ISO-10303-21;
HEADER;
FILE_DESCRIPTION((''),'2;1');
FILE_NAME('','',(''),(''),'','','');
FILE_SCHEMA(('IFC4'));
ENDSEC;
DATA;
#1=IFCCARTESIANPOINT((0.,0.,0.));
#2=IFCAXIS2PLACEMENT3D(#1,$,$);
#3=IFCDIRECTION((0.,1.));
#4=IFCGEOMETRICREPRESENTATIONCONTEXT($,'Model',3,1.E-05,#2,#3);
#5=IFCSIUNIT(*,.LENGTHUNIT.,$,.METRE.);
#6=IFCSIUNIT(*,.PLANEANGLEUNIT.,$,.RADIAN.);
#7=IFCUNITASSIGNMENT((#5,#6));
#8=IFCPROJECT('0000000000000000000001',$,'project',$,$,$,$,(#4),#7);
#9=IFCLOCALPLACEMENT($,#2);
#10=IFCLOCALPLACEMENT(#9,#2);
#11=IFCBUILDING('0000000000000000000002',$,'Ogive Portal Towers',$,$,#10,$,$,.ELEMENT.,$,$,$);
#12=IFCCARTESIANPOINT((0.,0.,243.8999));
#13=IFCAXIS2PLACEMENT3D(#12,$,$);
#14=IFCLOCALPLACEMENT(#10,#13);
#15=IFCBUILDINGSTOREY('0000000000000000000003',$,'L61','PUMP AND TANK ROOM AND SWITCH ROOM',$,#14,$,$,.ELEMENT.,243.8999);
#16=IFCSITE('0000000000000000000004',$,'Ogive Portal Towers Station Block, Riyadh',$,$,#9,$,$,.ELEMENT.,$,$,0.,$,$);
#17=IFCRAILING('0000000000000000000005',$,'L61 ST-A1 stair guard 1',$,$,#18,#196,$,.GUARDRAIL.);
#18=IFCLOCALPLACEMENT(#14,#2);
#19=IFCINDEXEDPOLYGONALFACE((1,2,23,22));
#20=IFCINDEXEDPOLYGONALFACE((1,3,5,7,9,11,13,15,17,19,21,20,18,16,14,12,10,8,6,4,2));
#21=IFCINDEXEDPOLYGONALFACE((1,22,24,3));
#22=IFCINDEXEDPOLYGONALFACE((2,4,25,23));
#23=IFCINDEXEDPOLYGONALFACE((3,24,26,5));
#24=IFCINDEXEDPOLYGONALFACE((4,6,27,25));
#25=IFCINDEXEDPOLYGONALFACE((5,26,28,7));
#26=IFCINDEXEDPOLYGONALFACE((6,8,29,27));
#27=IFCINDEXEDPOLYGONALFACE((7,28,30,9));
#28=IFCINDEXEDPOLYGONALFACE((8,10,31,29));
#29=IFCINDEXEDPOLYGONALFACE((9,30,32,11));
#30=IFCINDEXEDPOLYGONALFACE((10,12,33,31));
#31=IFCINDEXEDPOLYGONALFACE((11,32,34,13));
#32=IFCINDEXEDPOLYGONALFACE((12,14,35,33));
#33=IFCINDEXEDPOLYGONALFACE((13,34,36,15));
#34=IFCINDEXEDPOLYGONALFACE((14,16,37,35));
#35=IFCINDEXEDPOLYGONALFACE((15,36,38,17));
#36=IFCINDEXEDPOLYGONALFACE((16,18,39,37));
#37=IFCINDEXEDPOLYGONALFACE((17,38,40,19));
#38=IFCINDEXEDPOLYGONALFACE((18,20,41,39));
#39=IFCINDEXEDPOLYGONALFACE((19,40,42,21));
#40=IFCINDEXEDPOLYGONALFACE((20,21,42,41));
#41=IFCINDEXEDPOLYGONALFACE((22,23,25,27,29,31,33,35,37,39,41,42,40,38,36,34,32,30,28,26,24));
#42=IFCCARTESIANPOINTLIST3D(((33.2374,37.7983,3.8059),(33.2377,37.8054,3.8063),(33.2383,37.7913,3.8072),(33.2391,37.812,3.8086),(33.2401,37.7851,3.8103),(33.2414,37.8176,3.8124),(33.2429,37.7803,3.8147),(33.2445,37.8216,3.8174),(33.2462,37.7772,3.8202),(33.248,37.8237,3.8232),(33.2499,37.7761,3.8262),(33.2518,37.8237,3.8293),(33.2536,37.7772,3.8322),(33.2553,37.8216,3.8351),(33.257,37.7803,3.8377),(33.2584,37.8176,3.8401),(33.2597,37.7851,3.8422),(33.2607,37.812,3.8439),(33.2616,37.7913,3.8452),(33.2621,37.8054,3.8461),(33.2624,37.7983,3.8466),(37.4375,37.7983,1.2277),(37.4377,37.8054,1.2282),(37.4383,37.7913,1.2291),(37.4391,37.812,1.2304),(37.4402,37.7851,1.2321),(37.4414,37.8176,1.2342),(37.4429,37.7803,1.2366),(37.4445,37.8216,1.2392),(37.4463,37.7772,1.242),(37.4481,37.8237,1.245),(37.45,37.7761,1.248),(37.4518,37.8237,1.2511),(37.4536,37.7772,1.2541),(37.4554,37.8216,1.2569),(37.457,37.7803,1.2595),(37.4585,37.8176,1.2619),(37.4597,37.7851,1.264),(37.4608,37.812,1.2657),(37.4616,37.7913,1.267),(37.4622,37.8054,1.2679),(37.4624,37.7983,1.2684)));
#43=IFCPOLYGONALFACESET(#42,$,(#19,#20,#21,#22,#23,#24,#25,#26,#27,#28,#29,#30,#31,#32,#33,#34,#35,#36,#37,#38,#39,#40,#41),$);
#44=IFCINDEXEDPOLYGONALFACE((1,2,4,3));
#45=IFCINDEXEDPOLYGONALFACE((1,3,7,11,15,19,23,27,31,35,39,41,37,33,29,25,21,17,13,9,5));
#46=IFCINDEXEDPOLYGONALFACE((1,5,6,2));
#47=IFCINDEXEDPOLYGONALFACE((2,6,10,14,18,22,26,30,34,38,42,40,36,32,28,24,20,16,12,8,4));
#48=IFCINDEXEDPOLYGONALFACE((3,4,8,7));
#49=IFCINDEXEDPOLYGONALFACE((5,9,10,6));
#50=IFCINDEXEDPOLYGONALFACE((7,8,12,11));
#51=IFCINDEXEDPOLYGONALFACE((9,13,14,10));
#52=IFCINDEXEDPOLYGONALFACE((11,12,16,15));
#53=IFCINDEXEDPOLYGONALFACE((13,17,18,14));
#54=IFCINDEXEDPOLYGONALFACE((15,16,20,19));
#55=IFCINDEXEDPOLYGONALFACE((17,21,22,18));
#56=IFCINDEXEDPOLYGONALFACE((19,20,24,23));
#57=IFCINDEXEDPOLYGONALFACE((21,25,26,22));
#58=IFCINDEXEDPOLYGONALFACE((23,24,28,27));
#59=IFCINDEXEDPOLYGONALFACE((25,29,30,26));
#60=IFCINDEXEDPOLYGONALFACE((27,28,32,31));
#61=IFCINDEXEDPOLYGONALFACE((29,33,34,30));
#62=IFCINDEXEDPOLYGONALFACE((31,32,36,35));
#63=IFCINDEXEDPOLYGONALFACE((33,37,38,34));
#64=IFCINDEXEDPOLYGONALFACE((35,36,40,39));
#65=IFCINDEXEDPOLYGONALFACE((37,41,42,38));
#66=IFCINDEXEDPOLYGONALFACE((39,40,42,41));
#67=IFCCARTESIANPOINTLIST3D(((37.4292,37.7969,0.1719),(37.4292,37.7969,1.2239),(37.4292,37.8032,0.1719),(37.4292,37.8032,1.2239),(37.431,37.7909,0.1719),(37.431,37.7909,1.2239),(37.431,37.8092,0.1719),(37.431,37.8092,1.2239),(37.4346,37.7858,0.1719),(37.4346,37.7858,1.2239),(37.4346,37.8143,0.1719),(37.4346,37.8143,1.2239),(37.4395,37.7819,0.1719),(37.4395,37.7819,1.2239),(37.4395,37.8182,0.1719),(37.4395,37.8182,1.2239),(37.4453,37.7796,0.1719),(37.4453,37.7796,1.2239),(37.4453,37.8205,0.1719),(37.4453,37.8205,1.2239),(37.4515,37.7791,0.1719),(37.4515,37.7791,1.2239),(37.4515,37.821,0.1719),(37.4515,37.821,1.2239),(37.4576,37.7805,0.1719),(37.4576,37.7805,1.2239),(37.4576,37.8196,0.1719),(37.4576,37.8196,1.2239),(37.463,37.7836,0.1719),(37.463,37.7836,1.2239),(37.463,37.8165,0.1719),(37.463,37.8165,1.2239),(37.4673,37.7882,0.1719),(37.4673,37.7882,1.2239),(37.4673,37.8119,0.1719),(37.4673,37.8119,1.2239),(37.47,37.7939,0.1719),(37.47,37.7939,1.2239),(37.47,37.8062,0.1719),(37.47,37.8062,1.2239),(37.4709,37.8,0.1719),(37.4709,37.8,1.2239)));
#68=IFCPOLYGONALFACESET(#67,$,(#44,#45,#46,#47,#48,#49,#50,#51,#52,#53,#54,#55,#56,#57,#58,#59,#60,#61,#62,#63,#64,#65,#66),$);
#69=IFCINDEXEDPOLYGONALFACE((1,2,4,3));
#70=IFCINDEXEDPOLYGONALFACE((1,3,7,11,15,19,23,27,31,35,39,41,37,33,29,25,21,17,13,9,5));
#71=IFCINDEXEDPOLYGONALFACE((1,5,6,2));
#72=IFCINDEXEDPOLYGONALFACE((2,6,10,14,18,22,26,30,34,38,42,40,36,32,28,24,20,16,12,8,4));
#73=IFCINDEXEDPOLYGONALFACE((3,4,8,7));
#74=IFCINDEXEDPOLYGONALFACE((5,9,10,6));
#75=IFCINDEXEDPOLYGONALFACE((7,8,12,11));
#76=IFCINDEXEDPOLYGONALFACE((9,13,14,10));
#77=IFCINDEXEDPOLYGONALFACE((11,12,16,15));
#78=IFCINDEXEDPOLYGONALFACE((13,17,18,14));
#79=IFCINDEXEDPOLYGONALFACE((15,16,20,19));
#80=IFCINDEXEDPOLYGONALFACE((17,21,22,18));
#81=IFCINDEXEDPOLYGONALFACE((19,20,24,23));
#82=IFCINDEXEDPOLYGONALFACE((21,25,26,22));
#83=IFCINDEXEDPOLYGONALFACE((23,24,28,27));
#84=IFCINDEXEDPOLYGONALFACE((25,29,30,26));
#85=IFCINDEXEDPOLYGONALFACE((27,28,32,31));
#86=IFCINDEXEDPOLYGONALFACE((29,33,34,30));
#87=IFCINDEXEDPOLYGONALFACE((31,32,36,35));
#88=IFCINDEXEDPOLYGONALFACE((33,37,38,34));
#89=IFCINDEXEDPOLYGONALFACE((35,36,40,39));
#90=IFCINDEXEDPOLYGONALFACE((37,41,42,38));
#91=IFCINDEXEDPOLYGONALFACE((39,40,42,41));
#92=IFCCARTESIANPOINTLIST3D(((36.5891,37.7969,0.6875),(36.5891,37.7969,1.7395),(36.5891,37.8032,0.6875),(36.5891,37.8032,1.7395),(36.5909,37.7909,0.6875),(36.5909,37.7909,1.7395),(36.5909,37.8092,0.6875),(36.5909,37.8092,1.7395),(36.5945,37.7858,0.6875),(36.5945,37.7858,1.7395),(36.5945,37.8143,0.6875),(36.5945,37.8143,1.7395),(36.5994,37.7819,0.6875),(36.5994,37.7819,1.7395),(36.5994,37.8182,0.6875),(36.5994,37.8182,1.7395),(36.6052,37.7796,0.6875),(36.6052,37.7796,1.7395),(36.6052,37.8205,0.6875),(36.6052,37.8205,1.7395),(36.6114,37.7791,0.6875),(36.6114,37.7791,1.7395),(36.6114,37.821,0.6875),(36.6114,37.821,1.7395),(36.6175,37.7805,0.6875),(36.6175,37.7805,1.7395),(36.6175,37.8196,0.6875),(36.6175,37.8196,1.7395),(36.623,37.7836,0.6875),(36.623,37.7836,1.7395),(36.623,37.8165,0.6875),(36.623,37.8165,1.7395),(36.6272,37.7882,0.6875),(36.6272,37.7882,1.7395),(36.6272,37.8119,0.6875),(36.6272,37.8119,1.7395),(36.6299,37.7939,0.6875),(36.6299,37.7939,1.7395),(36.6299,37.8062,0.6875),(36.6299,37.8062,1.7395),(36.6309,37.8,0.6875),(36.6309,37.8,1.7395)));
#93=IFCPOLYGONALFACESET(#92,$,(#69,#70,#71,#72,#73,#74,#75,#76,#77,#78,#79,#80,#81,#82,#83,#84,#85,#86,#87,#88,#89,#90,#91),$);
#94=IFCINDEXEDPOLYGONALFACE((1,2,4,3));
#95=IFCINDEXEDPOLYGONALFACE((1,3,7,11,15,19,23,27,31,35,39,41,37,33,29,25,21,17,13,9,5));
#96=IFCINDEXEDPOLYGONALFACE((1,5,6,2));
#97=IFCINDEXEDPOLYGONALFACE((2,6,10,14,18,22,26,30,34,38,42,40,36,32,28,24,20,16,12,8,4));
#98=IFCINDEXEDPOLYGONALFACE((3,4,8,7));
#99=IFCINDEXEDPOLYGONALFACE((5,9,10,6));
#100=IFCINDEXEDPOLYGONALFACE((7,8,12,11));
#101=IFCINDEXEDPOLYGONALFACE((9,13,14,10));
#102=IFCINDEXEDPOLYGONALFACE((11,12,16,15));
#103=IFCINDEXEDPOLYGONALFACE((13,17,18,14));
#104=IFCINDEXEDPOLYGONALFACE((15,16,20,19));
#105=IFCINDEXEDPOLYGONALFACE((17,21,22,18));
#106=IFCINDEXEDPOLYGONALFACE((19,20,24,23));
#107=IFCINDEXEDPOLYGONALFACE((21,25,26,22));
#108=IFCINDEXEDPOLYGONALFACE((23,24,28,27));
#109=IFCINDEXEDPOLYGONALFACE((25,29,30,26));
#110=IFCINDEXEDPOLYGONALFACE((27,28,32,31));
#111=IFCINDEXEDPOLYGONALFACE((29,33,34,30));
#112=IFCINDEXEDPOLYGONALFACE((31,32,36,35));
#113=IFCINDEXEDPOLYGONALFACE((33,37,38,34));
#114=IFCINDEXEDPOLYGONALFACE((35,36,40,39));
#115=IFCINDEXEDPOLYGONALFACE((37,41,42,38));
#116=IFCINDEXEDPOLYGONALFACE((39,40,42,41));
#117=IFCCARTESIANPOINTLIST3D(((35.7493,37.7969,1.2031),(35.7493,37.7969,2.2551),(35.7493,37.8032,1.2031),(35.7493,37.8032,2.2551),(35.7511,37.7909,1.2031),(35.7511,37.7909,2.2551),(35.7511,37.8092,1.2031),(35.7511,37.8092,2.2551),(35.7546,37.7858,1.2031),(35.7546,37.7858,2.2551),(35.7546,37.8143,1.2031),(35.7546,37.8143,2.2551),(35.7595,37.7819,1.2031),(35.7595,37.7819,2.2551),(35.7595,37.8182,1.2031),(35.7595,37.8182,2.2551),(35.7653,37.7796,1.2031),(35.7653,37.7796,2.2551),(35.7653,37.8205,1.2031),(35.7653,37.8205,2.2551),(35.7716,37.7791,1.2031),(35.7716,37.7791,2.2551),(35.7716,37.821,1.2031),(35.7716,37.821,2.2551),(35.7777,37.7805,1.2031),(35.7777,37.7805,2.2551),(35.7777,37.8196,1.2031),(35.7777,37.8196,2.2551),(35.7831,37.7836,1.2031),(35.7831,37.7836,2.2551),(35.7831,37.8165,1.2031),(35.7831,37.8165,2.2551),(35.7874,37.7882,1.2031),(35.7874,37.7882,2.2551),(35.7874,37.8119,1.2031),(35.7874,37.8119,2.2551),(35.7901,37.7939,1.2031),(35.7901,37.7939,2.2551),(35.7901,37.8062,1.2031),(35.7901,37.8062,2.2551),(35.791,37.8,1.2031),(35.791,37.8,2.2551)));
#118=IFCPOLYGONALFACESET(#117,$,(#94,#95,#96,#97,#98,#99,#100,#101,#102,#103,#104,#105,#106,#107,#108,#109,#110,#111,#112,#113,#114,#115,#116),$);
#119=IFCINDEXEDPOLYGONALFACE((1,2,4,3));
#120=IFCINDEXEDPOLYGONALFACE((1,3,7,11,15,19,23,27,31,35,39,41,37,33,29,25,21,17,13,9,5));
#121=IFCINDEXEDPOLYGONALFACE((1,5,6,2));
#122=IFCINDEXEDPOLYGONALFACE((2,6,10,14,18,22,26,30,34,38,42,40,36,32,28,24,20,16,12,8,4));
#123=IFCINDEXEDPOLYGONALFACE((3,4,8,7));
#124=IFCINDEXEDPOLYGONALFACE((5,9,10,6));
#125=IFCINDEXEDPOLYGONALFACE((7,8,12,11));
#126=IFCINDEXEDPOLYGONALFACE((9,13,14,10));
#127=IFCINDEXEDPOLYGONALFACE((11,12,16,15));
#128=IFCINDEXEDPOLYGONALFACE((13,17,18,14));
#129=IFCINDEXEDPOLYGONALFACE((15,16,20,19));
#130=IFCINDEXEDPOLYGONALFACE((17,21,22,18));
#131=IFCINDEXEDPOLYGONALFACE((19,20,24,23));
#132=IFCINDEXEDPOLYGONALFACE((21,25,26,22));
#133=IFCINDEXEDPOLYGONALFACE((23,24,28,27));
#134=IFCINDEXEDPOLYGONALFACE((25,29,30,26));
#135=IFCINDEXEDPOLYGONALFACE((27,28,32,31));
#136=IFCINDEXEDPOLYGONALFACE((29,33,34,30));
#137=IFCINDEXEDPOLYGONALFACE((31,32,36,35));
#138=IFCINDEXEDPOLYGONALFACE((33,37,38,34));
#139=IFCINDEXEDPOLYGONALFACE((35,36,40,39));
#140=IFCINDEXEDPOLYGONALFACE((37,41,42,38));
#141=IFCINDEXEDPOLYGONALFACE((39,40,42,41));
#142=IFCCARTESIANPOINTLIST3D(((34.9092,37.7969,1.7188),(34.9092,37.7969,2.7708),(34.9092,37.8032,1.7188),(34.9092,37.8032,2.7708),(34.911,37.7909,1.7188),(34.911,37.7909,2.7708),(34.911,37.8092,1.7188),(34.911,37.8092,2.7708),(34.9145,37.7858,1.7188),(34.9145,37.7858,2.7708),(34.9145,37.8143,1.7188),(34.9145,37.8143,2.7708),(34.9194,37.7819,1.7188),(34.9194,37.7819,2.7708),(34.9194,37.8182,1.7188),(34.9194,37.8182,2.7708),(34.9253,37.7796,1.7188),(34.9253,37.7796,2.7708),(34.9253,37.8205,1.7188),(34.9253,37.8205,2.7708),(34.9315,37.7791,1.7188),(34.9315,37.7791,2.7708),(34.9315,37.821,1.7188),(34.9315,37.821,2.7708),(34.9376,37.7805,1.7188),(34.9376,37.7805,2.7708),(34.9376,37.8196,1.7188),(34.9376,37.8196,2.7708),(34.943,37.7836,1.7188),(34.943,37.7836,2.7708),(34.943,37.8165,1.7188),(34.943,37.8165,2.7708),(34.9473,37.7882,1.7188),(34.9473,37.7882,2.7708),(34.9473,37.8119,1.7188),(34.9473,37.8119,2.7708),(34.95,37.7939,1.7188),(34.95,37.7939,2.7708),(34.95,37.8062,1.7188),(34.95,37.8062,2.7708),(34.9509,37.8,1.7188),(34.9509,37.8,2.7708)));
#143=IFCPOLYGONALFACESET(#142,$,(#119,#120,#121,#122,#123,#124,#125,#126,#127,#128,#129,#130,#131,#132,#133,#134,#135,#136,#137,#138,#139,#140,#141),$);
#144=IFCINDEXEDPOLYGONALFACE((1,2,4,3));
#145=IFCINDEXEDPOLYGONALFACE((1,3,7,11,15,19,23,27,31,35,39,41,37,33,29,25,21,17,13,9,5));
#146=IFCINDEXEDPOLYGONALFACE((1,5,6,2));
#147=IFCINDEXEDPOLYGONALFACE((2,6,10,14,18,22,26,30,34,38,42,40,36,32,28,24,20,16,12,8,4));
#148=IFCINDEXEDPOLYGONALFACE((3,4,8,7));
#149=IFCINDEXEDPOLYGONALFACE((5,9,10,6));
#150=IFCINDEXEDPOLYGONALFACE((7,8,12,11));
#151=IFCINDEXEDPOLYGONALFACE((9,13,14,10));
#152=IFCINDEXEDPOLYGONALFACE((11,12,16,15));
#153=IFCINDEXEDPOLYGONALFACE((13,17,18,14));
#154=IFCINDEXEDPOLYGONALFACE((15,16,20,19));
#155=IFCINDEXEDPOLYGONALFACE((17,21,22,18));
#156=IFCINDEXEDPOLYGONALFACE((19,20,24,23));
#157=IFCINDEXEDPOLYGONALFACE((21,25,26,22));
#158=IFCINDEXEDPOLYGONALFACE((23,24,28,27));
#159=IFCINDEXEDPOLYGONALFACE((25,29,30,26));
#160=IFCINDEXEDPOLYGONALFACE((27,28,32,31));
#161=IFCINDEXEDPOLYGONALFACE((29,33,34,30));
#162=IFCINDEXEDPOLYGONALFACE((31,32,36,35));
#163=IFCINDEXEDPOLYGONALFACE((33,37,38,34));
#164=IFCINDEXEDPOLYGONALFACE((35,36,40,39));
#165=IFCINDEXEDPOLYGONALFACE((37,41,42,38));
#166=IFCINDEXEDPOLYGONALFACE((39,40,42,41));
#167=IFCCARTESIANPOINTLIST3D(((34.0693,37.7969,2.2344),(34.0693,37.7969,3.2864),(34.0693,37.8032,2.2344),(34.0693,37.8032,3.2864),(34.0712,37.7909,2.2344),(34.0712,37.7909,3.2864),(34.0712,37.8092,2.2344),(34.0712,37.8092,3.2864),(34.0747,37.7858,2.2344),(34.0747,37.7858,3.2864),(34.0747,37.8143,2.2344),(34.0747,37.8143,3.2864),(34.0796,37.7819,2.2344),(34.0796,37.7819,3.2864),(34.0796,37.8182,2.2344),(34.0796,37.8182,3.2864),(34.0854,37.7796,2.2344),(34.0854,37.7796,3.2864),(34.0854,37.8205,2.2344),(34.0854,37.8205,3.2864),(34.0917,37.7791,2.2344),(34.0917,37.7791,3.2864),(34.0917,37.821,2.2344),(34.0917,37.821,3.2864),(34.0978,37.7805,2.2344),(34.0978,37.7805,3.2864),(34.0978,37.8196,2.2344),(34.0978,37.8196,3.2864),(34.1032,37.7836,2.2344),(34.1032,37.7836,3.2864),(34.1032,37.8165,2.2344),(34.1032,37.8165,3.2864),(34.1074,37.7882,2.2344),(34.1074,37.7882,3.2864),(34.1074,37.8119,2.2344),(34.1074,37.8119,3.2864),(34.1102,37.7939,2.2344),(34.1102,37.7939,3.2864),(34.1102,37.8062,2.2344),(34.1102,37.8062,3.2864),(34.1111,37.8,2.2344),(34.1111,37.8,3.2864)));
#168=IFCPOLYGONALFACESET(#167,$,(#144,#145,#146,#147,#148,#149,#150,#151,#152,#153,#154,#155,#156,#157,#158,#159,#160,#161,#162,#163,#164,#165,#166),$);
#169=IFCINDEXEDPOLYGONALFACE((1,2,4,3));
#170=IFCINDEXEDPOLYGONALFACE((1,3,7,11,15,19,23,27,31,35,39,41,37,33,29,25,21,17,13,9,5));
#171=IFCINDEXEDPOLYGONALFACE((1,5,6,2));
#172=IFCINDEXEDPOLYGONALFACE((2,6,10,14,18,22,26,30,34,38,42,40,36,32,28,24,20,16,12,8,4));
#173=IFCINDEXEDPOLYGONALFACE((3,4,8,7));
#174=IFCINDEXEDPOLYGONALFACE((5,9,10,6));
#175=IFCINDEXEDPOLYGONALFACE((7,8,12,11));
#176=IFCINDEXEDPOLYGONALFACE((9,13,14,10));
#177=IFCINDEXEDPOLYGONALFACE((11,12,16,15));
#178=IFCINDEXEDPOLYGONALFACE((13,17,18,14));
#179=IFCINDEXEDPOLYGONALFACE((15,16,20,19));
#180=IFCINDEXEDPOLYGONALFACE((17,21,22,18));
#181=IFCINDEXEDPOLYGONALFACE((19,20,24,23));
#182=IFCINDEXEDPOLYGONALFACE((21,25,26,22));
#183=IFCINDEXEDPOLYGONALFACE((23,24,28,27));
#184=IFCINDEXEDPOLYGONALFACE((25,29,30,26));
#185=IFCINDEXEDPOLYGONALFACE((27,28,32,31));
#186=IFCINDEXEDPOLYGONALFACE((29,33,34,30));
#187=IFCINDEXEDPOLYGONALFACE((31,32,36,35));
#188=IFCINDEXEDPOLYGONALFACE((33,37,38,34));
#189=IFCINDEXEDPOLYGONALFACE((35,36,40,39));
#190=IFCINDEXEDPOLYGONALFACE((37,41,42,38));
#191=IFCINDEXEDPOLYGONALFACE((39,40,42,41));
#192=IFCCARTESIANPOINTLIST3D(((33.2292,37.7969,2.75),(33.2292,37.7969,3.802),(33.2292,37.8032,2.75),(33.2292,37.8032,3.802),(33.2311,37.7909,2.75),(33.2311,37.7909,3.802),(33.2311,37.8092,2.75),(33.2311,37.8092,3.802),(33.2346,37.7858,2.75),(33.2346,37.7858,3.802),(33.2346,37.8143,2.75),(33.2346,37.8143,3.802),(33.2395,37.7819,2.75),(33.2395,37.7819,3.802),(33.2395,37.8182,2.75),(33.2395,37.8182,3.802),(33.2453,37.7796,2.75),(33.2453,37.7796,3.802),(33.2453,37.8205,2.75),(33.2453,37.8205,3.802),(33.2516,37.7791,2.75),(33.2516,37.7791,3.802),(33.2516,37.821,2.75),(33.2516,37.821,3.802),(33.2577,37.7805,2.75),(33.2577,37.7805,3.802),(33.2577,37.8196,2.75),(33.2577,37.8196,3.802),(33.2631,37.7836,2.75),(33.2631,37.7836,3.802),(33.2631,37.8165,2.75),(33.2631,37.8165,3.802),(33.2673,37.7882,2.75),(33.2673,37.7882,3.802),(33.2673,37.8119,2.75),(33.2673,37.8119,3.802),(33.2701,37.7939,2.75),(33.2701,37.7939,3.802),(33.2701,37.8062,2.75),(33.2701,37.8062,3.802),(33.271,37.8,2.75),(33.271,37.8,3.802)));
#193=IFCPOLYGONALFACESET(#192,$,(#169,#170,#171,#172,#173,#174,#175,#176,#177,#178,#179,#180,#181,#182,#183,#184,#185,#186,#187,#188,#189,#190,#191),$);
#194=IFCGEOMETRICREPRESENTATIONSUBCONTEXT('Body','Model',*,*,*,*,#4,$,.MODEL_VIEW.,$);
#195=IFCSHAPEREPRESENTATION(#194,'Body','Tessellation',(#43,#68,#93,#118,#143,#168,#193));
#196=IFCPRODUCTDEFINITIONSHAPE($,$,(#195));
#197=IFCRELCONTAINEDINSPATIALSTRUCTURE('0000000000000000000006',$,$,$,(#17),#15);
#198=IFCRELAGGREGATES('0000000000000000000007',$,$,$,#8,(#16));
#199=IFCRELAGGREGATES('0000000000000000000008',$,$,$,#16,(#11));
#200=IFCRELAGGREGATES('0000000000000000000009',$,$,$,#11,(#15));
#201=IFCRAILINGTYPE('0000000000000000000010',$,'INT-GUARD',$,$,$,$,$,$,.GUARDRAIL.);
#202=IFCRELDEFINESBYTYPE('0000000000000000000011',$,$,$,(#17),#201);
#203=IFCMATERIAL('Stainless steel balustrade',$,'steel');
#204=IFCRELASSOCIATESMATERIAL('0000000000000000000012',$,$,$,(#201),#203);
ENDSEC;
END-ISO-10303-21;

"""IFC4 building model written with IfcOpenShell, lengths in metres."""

from ifc_helpers import new_model, si_unit, direction, frame, origin, origin_2d, place, context, subcontext, project, spatial, circle, extrude, material, type_object, element, save


model = new_model("IFC4")

# Units and contexts
model_context = context("Model", 3, precision=1e-05, world=origin(), true_north=direction((0.0, 1.0)))
body_context = subcontext(model_context, "Body", "Model", "MODEL_VIEW")
ifc_project = project(units=[si_unit("LENGTHUNIT", "METRE"), si_unit("PLANEANGLEUNIT", "RADIAN")], contexts=[model_context])

# Site, building, storey
site_placement = place(None, origin())
site = spatial("IfcSite", under=ifc_project, at=site_placement, Name="Ogive Portal Towers Station Block, Riyadh", CompositionType="ELEMENT", RefElevation=0.0)
building_placement = place(site_placement, origin())
building = spatial("IfcBuilding", under=site, at=building_placement, Name="Ogive Portal Towers", CompositionType="ELEMENT")
storey_placement = place(building_placement, frame((0.0, 0.0, 243.8999)))
storey = spatial("IfcBuildingStorey", under=building, at=storey_placement, Name="L61", Description="PUMP AND TANK ROOM AND SWITCH ROOM", CompositionType="ELEMENT", Elevation=243.8999)

# Railing
ifc_material_1 = material(Name="Stainless steel balustrade", Category="steel")
railing_type_1 = type_object("IfcRailingType", Name="INT-GUARD", PredefinedType="GUARDRAIL", material=ifc_material_1)
railing_1_placement = place(storey_placement, frame((37.45, 37.8, 0.1719)))
element("IfcRailing", 1, at=railing_1_placement, inside=storey, type_object=railing_type_1, Name="L61 ST-A1 stair guard 1", PredefinedType="GUARDRAIL", context=body_context, shape_type="SweptSolid", body=[
    extrude(circle(Radius=0.0239, at=origin_2d()), frame((0.0, 0.0, 1.0762), z_axis=(-0.852243, 0.0, 0.523146), x_axis=(0.0, -1.0, 0.0)), (0.0, 0.0, 1.0), 4.9282),
    extrude(circle(Radius=0.021, at=origin_2d()), origin(), (0.0, 0.0, 1.0), 1.052),
    extrude(circle(Radius=0.021, at=origin_2d()), frame((-0.8401, 0.0, 0.5156)), (0.0, 0.0, 1.0), 1.052),
    extrude(circle(Radius=0.021, at=origin_2d()), frame((-1.6799, 0.0, 1.0312)), (0.0, 0.0, 1.0), 1.052),
    extrude(circle(Radius=0.021, at=origin_2d()), frame((-2.52, 0.0, 1.5469)), (0.0, 0.0, 1.0), 1.052),
    extrude(circle(Radius=0.021, at=origin_2d()), frame((-3.3599, 0.0, 2.0625)), (0.0, 0.0, 1.0), 1.052),
    extrude(circle(Radius=0.021, at=origin_2d()), frame((-4.2, 0.0, 2.5781)), (0.0, 0.0, 1.0), 1.052),
])

save(model, "model.ifc")
